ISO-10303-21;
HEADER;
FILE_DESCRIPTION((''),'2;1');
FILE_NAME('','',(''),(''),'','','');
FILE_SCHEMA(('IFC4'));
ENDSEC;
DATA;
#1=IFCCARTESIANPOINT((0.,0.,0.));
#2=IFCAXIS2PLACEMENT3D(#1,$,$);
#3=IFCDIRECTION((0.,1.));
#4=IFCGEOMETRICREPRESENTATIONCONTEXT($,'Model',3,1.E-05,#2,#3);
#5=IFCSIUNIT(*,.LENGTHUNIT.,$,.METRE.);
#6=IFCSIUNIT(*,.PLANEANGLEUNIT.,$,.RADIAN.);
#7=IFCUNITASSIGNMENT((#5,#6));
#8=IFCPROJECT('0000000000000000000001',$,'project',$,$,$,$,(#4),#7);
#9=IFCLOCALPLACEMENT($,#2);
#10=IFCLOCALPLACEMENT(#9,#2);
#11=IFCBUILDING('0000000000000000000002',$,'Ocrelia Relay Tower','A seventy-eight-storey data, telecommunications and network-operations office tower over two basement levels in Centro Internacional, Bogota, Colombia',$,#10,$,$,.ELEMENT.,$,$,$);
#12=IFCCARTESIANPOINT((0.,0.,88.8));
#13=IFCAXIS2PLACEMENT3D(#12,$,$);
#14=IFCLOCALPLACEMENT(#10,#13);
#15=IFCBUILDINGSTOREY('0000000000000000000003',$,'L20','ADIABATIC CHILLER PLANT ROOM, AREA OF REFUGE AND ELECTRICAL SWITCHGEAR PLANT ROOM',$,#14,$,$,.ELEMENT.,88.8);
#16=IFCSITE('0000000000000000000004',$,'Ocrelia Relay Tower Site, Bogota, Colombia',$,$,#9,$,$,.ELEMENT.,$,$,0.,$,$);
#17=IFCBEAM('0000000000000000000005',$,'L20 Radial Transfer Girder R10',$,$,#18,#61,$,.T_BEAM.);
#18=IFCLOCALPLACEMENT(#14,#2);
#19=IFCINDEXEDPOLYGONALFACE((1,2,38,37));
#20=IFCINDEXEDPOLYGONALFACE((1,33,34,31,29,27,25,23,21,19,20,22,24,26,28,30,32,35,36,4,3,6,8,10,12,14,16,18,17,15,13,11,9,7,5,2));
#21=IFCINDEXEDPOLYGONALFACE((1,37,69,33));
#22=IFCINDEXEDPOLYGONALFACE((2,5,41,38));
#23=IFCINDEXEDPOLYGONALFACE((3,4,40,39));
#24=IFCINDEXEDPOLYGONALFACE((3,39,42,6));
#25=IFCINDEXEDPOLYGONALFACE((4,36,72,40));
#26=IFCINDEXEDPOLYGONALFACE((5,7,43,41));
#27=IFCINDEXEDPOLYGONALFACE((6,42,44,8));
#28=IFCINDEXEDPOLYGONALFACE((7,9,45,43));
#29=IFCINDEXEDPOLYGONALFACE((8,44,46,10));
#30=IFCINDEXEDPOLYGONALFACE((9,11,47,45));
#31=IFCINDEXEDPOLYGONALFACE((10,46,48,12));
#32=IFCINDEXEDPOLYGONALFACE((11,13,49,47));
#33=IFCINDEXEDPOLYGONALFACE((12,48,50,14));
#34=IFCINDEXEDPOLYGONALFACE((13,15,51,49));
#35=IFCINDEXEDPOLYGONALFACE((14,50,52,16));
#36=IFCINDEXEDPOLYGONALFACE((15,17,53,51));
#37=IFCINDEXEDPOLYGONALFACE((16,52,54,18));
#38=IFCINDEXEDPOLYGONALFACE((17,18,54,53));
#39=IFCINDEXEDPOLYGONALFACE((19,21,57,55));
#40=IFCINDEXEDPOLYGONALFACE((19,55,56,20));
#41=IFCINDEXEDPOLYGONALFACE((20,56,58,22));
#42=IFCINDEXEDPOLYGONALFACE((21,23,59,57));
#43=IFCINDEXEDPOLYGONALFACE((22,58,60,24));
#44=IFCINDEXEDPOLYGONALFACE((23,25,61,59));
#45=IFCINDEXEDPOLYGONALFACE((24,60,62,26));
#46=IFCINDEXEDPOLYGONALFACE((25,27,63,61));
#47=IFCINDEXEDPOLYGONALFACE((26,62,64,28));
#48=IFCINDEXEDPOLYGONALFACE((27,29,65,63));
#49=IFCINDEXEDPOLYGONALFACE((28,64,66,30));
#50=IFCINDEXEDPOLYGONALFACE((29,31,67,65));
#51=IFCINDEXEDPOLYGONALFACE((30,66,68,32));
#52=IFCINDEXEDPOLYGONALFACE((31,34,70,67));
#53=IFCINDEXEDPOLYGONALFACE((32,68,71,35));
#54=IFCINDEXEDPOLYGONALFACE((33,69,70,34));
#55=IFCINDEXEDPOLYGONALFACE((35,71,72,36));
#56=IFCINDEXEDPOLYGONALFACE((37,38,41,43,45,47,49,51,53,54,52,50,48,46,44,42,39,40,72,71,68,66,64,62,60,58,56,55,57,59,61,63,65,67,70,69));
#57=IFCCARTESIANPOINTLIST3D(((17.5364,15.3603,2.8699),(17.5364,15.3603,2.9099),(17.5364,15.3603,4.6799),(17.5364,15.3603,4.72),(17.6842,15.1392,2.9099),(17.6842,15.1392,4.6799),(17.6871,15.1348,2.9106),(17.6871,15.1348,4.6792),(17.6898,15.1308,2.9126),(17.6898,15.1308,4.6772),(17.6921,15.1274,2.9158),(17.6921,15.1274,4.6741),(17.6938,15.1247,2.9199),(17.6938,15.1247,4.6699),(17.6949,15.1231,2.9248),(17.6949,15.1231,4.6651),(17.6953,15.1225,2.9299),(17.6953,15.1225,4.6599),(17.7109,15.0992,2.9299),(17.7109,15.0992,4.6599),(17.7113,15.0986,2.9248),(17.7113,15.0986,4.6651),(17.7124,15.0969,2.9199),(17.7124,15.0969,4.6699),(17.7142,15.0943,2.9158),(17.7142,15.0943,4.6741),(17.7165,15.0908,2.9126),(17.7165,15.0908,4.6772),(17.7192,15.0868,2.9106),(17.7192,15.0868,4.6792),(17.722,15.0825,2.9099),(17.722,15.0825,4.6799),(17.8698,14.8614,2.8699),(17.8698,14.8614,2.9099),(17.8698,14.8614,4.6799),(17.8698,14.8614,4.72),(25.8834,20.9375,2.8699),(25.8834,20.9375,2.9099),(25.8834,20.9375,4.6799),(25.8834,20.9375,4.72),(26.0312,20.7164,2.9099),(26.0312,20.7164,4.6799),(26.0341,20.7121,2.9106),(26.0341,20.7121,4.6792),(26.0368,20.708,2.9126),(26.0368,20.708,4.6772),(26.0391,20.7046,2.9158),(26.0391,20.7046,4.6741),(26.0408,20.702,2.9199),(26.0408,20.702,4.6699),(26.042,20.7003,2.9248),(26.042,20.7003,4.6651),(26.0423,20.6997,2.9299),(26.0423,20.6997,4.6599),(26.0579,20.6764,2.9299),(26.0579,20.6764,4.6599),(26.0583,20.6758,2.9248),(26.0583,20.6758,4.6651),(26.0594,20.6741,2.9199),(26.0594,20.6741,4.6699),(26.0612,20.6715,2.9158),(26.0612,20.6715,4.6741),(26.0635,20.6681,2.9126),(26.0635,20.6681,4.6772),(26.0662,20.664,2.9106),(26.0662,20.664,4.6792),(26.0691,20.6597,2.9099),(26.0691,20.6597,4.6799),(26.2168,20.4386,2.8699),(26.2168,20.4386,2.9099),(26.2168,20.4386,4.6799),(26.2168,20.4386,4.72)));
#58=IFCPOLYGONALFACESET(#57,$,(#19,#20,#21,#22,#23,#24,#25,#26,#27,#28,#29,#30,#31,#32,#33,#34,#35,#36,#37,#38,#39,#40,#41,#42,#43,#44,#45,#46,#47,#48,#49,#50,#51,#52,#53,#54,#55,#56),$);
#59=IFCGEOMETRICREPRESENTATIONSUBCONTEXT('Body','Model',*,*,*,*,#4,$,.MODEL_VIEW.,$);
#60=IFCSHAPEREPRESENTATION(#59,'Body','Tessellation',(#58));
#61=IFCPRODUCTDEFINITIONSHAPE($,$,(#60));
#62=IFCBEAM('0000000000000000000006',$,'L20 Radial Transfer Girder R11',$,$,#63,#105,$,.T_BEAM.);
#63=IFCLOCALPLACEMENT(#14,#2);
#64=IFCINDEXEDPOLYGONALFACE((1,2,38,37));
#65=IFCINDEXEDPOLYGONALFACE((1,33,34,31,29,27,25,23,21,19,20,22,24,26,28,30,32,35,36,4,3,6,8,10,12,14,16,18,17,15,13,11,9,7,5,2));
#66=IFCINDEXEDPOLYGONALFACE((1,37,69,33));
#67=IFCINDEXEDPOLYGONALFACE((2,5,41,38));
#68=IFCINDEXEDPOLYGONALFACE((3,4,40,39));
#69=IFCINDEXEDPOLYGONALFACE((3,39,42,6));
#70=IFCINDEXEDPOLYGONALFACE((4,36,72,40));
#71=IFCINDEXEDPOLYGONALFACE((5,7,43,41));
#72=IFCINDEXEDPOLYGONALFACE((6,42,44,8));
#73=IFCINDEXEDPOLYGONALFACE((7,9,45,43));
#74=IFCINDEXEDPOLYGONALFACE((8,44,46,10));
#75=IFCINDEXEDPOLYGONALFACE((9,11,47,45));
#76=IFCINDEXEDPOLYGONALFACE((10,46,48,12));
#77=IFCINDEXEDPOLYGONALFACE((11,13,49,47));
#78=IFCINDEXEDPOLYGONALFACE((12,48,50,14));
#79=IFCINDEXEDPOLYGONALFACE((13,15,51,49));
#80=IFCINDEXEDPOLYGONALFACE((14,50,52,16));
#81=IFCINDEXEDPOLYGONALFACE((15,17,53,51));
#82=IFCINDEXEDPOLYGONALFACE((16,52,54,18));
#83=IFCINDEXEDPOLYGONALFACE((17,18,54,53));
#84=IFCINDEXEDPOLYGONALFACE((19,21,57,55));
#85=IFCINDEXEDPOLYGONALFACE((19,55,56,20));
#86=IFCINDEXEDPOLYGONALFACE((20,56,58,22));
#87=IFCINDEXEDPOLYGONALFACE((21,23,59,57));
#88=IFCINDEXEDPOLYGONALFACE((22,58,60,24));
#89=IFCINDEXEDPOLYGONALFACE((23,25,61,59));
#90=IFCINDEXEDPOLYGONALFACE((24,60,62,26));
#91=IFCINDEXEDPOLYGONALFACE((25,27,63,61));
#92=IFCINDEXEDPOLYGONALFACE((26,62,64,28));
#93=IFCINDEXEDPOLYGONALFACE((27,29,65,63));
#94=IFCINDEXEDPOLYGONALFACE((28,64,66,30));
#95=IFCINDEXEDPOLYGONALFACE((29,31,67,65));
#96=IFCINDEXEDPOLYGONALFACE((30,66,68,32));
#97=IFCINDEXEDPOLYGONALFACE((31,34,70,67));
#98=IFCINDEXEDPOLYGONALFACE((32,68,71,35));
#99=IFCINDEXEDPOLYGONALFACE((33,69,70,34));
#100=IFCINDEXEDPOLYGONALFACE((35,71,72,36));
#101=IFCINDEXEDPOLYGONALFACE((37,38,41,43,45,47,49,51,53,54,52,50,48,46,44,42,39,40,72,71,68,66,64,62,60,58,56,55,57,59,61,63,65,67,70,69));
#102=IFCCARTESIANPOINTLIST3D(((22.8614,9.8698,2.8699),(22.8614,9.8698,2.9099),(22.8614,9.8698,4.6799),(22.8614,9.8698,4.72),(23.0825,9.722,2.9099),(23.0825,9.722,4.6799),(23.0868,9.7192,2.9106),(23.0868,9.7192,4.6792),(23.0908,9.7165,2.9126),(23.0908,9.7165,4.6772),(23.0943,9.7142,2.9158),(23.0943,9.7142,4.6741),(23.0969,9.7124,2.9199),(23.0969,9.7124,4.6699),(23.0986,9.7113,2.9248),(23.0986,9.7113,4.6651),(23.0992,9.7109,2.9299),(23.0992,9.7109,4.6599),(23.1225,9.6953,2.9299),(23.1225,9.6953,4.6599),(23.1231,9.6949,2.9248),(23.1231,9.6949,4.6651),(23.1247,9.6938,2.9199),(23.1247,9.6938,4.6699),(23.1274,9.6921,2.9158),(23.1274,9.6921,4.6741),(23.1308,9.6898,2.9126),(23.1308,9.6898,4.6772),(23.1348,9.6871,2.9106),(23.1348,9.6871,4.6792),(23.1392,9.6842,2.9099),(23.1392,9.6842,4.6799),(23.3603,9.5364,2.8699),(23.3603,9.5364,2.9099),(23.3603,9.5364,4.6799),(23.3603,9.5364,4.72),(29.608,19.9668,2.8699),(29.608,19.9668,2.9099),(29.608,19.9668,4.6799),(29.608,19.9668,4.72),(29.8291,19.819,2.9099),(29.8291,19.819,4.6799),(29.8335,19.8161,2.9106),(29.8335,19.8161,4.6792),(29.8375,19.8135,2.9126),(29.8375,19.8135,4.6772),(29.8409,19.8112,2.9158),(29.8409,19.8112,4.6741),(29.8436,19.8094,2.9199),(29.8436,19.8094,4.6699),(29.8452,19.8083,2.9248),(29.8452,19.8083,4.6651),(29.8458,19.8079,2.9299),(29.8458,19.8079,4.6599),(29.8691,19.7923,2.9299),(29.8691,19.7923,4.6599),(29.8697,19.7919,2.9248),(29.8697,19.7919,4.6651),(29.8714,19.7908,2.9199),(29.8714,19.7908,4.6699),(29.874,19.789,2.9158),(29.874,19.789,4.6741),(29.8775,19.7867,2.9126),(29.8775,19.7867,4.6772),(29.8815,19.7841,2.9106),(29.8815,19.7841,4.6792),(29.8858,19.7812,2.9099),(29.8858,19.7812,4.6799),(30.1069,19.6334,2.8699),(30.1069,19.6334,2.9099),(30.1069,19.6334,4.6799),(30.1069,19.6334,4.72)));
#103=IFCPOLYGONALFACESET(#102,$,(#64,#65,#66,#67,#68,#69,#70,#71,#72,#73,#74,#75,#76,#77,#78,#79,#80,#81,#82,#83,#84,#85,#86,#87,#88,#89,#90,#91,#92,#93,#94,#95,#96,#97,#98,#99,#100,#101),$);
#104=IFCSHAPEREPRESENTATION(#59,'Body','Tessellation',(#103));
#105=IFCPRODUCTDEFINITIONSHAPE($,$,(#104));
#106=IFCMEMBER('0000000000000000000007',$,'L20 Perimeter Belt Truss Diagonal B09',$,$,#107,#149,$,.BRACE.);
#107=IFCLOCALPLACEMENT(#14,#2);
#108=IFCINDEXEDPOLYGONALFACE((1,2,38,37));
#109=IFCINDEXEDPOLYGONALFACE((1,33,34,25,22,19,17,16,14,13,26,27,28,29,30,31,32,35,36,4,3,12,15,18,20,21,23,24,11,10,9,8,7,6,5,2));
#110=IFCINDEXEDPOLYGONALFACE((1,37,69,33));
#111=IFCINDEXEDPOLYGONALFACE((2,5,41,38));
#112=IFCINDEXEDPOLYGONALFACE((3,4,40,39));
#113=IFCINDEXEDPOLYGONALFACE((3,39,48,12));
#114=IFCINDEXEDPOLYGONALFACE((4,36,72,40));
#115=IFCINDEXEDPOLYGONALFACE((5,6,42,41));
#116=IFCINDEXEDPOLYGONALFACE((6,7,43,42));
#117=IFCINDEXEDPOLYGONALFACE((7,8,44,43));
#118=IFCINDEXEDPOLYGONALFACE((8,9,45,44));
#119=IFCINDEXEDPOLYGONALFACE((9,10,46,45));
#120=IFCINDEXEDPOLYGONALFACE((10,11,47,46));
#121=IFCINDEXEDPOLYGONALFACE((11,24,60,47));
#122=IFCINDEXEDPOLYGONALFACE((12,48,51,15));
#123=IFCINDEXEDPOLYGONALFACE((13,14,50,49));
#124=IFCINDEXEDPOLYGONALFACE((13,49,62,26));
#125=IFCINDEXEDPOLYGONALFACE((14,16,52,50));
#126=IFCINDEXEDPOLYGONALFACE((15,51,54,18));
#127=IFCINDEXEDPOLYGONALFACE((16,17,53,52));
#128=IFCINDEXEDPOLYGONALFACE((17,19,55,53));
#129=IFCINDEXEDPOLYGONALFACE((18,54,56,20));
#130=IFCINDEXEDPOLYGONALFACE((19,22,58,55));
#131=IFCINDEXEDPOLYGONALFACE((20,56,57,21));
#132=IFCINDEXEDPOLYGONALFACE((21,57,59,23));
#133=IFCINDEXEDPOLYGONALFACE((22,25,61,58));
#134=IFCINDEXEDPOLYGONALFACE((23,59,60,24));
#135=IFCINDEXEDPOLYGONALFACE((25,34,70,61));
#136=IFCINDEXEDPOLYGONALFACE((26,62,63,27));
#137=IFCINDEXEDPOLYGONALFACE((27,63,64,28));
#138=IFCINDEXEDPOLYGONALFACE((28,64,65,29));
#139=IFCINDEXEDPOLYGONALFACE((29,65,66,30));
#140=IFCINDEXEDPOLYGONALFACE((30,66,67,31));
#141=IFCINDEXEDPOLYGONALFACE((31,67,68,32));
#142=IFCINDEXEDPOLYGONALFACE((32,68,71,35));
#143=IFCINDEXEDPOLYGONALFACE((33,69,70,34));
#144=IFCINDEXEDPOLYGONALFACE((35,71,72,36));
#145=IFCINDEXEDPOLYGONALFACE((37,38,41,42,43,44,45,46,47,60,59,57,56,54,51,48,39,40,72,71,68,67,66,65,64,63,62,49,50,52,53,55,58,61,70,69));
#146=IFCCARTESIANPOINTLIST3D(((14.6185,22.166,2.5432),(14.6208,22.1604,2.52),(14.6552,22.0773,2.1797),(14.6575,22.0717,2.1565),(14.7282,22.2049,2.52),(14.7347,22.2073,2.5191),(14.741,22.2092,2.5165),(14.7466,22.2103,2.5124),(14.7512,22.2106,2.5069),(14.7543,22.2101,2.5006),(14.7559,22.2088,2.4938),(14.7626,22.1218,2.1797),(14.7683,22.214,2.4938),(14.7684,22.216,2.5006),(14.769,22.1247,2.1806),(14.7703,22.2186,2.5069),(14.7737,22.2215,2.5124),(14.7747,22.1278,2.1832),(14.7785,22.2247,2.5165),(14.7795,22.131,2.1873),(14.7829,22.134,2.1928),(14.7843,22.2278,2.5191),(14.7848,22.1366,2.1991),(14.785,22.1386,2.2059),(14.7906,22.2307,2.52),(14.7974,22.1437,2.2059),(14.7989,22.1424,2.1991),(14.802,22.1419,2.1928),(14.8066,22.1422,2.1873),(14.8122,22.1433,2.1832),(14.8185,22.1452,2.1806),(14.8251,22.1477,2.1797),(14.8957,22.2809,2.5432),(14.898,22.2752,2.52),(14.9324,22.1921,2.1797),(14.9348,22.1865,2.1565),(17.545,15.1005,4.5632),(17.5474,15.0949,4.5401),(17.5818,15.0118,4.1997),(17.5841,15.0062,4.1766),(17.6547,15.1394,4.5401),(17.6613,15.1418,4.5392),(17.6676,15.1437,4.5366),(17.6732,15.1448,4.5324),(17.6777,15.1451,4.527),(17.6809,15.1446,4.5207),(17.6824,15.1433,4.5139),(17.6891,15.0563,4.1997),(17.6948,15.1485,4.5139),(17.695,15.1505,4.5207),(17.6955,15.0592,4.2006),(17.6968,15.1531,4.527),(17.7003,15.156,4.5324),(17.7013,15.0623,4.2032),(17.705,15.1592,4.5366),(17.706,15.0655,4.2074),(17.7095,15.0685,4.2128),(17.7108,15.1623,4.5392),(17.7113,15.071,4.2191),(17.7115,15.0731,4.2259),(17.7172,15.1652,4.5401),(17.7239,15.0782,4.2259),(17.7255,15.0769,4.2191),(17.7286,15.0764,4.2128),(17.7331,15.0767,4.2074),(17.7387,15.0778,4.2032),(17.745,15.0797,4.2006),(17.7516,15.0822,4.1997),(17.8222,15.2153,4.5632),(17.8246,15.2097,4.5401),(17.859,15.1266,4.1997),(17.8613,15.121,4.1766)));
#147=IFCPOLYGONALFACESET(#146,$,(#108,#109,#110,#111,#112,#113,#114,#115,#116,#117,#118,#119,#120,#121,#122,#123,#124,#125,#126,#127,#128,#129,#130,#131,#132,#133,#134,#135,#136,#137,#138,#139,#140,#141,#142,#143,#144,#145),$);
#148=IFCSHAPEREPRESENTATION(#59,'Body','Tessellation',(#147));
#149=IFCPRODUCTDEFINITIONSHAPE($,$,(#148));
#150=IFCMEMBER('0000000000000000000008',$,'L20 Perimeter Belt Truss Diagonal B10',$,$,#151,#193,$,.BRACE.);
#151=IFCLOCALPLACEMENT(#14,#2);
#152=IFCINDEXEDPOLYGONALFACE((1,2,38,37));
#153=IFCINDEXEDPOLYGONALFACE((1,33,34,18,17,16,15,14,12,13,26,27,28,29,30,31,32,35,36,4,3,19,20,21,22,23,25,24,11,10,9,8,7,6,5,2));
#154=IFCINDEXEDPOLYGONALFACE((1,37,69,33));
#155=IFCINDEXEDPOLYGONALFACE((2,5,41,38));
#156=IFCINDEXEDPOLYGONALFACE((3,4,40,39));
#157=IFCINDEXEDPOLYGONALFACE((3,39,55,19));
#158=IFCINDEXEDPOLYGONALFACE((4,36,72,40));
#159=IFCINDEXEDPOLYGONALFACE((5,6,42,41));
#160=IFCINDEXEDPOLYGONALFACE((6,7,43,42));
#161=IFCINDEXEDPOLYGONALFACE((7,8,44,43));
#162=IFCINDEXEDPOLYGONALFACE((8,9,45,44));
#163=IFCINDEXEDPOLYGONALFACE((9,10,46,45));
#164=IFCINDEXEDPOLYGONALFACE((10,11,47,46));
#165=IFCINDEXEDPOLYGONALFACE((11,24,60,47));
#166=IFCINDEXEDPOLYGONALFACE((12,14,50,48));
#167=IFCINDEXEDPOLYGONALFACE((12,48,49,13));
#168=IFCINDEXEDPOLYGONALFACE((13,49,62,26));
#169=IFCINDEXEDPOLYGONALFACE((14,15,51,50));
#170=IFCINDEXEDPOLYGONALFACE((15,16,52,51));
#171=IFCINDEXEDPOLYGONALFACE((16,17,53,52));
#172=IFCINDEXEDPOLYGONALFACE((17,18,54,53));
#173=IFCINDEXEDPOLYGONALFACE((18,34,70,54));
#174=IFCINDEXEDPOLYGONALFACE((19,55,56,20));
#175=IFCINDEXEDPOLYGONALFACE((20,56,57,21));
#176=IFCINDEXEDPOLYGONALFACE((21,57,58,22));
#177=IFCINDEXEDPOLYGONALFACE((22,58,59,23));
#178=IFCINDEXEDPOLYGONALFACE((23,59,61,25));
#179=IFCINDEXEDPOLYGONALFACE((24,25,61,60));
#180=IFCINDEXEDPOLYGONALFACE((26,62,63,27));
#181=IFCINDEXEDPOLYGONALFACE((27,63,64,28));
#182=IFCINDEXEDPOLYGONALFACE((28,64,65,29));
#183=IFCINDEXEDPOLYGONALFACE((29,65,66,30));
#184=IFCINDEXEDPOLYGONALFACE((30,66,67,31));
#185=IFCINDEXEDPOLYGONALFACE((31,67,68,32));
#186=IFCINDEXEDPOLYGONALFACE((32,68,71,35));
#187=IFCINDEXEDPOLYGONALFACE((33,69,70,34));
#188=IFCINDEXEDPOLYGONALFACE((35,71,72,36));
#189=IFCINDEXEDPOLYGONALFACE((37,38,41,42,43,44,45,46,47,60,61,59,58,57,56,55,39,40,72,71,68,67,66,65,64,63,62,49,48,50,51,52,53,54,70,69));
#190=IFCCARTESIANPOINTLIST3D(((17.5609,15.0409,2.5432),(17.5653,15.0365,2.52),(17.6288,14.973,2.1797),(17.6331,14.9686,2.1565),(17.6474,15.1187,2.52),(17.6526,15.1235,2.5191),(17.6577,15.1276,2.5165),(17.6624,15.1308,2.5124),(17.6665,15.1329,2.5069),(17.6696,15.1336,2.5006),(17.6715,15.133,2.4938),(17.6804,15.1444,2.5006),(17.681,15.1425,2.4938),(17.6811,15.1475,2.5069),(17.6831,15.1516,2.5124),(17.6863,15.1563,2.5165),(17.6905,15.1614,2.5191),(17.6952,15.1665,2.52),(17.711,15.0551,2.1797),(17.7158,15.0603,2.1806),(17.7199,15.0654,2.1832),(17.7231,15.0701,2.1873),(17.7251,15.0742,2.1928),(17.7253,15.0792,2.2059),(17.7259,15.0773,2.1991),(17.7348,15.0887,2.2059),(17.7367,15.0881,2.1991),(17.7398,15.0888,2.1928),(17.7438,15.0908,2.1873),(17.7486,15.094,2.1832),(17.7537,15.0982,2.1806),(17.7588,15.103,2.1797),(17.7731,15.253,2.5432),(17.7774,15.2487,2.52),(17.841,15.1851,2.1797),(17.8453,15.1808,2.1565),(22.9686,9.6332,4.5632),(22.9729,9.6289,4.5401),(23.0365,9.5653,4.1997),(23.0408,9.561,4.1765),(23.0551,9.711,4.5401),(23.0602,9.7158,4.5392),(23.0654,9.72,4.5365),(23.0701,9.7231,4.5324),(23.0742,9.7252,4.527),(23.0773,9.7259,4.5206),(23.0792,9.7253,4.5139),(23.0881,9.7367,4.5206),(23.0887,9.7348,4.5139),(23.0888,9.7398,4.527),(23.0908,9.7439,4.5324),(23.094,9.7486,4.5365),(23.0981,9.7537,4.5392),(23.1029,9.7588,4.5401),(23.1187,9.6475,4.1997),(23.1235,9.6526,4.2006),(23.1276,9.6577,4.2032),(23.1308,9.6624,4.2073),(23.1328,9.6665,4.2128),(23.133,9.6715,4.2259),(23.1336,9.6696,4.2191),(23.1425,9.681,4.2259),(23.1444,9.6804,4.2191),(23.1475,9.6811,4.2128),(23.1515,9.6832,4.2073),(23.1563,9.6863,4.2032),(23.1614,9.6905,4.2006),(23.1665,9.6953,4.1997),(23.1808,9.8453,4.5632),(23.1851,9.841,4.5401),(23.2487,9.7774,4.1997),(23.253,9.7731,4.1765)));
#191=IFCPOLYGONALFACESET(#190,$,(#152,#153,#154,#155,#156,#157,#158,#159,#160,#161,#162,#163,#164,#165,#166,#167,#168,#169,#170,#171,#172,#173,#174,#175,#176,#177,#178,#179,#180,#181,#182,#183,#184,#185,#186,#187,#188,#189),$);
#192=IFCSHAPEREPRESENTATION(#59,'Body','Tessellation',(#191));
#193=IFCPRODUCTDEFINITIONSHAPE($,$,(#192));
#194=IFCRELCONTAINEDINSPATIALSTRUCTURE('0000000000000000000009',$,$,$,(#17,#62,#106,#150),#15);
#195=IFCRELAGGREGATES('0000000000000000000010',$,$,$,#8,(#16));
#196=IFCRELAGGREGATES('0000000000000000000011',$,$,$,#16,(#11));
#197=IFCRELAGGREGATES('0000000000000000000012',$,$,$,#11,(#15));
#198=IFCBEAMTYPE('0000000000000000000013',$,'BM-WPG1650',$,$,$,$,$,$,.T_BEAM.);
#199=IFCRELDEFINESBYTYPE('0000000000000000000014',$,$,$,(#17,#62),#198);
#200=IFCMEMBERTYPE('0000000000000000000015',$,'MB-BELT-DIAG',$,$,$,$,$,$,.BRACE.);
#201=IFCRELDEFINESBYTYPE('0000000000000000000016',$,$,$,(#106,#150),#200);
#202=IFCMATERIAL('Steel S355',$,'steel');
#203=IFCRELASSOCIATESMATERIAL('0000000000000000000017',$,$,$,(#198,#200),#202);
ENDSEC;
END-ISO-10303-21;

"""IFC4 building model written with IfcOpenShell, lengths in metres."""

from ifc_helpers import new_model, si_unit, direction, frame, origin, origin_2d, place, context, subcontext, project, spatial, i_section, extrude, material, material_profile, profile_set, type_object, element, save


model = new_model("IFC4")

# Units and contexts
model_context = context("Model", 3, precision=1e-05, world=origin(), true_north=direction((0.0, 1.0)))
body_context = subcontext(model_context, "Body", "Model", "MODEL_VIEW")
ifc_project = project(units=[si_unit("LENGTHUNIT", "METRE"), si_unit("PLANEANGLEUNIT", "RADIAN")], contexts=[model_context])

# Site, building, storey
site_placement = place(None, origin())
site = spatial("IfcSite", under=ifc_project, at=site_placement, Name="Ocrelia Relay Tower Site, Bogota, Colombia", CompositionType="ELEMENT", RefElevation=0.0)
building_placement = place(site_placement, origin())
building = spatial("IfcBuilding", under=site, at=building_placement, Name="Ocrelia Relay Tower", Description="A seventy-eight-storey data, telecommunications and network-operations office tower over two basement levels in Centro Internacional, Bogota, Colombia", CompositionType="ELEMENT")
storey_placement = place(building_placement, frame((0.0, 0.0, 88.8)))
storey = spatial("IfcBuildingStorey", under=building, at=storey_placement, Name="L20", Description="ADIABATIC CHILLER PLANT ROOM, AREA OF REFUGE AND ELECTRICAL SWITCHGEAR PLANT ROOM", CompositionType="ELEMENT", Elevation=88.8)

# Beams
ifc_material_1 = material(Name="Steel S355", Category="steel")
ifc_material_profile_1 = material_profile(ifc_material_1, i_section(OverallWidth=0.6001, OverallDepth=1.8501, WebThickness=0.0281, FlangeThickness=0.04, FilletRadius=0.02, at=origin_2d()), Name="WPG 1850x600")
ifc_profile_set_1 = profile_set([ifc_material_profile_1], Name="Steel S355")
beam_type_1 = type_object("IfcBeamType", Name="BM-WPG1650", PredefinedType="T_BEAM", material=ifc_profile_set_1)
beam_1_placement = place(storey_placement, frame((17.7031, 15.1108, 3.7949), z_axis=(0.831474, 0.555564, 0.0), x_axis=(-0.555564, 0.831474, 0.0)))
element("IfcBeam", 1, at=beam_1_placement, inside=storey, type_object=beam_type_1, Name="L20 Radial Transfer Girder R10", PredefinedType="T_BEAM", context=body_context, shape_type="SweptSolid", body=[
    extrude(i_section(OverallWidth=0.6001, OverallDepth=1.8501, WebThickness=0.0281, FlangeThickness=0.04, FilletRadius=0.02, at=origin_2d()), origin(), (0.0, 0.0, 1.0), 10.0388),
])
beam_2_placement = place(storey_placement, frame((23.1108, 9.7031, 3.7949), z_axis=(0.555572, 0.831468, 0.0), x_axis=(-0.831468, 0.555572, 0.0)))
element("IfcBeam", 2, at=beam_2_placement, inside=storey, type_object=beam_type_1, Name="L20 Radial Transfer Girder R11", PredefinedType="T_BEAM", context=body_context, shape_type="SweptSolid", body=[
    extrude(i_section(OverallWidth=0.6001, OverallDepth=1.8501, WebThickness=0.0281, FlangeThickness=0.04, FilletRadius=0.02, at=origin_2d()), origin(), (0.0, 0.0, 1.0), 12.1436),
])

# Members
ifc_material_profile_2 = material_profile(ifc_material_1, i_section(OverallWidth=0.3, OverallDepth=0.3999, WebThickness=0.0134, FlangeThickness=0.0239, FilletRadius=0.0271, at=origin_2d()), Name="HEB 400")
ifc_profile_set_2 = profile_set([ifc_material_profile_2], Name="Steel S355")
member_type_1 = type_object("IfcMemberType", Name="MB-BELT-DIAG", PredefinedType="BRACE", material=ifc_profile_set_2)
for number, where, z_axis, x_axis, name in (
    (3, (14.7766, 22.1763, 2.3499), (0.369985, -0.893248, 0.255381), (0.923883, 0.382674, 0.0), "L20 Perimeter Belt Truss Diagonal B09"),
    (4, (17.7031, 15.1108, 2.3499), (0.68366, -0.68366, 0.255377), (0.707107, 0.707107, 0.0), "L20 Perimeter Belt Truss Diagonal B10"),
):
    element("IfcMember", number, at=place(storey_placement, frame(where, z_axis=z_axis, x_axis=x_axis)), inside=storey, type_object=member_type_1, Name=name, PredefinedType="BRACE", context=body_context, shape_type="SweptSolid", body=[
        extrude(i_section(OverallWidth=0.3, OverallDepth=0.3999, WebThickness=0.0134, FlangeThickness=0.0239, FilletRadius=0.0271, at=origin_2d()), origin(), (0.0, 0.0, 1.0), 7.9099),
    ])

save(model, "model.ifc")
